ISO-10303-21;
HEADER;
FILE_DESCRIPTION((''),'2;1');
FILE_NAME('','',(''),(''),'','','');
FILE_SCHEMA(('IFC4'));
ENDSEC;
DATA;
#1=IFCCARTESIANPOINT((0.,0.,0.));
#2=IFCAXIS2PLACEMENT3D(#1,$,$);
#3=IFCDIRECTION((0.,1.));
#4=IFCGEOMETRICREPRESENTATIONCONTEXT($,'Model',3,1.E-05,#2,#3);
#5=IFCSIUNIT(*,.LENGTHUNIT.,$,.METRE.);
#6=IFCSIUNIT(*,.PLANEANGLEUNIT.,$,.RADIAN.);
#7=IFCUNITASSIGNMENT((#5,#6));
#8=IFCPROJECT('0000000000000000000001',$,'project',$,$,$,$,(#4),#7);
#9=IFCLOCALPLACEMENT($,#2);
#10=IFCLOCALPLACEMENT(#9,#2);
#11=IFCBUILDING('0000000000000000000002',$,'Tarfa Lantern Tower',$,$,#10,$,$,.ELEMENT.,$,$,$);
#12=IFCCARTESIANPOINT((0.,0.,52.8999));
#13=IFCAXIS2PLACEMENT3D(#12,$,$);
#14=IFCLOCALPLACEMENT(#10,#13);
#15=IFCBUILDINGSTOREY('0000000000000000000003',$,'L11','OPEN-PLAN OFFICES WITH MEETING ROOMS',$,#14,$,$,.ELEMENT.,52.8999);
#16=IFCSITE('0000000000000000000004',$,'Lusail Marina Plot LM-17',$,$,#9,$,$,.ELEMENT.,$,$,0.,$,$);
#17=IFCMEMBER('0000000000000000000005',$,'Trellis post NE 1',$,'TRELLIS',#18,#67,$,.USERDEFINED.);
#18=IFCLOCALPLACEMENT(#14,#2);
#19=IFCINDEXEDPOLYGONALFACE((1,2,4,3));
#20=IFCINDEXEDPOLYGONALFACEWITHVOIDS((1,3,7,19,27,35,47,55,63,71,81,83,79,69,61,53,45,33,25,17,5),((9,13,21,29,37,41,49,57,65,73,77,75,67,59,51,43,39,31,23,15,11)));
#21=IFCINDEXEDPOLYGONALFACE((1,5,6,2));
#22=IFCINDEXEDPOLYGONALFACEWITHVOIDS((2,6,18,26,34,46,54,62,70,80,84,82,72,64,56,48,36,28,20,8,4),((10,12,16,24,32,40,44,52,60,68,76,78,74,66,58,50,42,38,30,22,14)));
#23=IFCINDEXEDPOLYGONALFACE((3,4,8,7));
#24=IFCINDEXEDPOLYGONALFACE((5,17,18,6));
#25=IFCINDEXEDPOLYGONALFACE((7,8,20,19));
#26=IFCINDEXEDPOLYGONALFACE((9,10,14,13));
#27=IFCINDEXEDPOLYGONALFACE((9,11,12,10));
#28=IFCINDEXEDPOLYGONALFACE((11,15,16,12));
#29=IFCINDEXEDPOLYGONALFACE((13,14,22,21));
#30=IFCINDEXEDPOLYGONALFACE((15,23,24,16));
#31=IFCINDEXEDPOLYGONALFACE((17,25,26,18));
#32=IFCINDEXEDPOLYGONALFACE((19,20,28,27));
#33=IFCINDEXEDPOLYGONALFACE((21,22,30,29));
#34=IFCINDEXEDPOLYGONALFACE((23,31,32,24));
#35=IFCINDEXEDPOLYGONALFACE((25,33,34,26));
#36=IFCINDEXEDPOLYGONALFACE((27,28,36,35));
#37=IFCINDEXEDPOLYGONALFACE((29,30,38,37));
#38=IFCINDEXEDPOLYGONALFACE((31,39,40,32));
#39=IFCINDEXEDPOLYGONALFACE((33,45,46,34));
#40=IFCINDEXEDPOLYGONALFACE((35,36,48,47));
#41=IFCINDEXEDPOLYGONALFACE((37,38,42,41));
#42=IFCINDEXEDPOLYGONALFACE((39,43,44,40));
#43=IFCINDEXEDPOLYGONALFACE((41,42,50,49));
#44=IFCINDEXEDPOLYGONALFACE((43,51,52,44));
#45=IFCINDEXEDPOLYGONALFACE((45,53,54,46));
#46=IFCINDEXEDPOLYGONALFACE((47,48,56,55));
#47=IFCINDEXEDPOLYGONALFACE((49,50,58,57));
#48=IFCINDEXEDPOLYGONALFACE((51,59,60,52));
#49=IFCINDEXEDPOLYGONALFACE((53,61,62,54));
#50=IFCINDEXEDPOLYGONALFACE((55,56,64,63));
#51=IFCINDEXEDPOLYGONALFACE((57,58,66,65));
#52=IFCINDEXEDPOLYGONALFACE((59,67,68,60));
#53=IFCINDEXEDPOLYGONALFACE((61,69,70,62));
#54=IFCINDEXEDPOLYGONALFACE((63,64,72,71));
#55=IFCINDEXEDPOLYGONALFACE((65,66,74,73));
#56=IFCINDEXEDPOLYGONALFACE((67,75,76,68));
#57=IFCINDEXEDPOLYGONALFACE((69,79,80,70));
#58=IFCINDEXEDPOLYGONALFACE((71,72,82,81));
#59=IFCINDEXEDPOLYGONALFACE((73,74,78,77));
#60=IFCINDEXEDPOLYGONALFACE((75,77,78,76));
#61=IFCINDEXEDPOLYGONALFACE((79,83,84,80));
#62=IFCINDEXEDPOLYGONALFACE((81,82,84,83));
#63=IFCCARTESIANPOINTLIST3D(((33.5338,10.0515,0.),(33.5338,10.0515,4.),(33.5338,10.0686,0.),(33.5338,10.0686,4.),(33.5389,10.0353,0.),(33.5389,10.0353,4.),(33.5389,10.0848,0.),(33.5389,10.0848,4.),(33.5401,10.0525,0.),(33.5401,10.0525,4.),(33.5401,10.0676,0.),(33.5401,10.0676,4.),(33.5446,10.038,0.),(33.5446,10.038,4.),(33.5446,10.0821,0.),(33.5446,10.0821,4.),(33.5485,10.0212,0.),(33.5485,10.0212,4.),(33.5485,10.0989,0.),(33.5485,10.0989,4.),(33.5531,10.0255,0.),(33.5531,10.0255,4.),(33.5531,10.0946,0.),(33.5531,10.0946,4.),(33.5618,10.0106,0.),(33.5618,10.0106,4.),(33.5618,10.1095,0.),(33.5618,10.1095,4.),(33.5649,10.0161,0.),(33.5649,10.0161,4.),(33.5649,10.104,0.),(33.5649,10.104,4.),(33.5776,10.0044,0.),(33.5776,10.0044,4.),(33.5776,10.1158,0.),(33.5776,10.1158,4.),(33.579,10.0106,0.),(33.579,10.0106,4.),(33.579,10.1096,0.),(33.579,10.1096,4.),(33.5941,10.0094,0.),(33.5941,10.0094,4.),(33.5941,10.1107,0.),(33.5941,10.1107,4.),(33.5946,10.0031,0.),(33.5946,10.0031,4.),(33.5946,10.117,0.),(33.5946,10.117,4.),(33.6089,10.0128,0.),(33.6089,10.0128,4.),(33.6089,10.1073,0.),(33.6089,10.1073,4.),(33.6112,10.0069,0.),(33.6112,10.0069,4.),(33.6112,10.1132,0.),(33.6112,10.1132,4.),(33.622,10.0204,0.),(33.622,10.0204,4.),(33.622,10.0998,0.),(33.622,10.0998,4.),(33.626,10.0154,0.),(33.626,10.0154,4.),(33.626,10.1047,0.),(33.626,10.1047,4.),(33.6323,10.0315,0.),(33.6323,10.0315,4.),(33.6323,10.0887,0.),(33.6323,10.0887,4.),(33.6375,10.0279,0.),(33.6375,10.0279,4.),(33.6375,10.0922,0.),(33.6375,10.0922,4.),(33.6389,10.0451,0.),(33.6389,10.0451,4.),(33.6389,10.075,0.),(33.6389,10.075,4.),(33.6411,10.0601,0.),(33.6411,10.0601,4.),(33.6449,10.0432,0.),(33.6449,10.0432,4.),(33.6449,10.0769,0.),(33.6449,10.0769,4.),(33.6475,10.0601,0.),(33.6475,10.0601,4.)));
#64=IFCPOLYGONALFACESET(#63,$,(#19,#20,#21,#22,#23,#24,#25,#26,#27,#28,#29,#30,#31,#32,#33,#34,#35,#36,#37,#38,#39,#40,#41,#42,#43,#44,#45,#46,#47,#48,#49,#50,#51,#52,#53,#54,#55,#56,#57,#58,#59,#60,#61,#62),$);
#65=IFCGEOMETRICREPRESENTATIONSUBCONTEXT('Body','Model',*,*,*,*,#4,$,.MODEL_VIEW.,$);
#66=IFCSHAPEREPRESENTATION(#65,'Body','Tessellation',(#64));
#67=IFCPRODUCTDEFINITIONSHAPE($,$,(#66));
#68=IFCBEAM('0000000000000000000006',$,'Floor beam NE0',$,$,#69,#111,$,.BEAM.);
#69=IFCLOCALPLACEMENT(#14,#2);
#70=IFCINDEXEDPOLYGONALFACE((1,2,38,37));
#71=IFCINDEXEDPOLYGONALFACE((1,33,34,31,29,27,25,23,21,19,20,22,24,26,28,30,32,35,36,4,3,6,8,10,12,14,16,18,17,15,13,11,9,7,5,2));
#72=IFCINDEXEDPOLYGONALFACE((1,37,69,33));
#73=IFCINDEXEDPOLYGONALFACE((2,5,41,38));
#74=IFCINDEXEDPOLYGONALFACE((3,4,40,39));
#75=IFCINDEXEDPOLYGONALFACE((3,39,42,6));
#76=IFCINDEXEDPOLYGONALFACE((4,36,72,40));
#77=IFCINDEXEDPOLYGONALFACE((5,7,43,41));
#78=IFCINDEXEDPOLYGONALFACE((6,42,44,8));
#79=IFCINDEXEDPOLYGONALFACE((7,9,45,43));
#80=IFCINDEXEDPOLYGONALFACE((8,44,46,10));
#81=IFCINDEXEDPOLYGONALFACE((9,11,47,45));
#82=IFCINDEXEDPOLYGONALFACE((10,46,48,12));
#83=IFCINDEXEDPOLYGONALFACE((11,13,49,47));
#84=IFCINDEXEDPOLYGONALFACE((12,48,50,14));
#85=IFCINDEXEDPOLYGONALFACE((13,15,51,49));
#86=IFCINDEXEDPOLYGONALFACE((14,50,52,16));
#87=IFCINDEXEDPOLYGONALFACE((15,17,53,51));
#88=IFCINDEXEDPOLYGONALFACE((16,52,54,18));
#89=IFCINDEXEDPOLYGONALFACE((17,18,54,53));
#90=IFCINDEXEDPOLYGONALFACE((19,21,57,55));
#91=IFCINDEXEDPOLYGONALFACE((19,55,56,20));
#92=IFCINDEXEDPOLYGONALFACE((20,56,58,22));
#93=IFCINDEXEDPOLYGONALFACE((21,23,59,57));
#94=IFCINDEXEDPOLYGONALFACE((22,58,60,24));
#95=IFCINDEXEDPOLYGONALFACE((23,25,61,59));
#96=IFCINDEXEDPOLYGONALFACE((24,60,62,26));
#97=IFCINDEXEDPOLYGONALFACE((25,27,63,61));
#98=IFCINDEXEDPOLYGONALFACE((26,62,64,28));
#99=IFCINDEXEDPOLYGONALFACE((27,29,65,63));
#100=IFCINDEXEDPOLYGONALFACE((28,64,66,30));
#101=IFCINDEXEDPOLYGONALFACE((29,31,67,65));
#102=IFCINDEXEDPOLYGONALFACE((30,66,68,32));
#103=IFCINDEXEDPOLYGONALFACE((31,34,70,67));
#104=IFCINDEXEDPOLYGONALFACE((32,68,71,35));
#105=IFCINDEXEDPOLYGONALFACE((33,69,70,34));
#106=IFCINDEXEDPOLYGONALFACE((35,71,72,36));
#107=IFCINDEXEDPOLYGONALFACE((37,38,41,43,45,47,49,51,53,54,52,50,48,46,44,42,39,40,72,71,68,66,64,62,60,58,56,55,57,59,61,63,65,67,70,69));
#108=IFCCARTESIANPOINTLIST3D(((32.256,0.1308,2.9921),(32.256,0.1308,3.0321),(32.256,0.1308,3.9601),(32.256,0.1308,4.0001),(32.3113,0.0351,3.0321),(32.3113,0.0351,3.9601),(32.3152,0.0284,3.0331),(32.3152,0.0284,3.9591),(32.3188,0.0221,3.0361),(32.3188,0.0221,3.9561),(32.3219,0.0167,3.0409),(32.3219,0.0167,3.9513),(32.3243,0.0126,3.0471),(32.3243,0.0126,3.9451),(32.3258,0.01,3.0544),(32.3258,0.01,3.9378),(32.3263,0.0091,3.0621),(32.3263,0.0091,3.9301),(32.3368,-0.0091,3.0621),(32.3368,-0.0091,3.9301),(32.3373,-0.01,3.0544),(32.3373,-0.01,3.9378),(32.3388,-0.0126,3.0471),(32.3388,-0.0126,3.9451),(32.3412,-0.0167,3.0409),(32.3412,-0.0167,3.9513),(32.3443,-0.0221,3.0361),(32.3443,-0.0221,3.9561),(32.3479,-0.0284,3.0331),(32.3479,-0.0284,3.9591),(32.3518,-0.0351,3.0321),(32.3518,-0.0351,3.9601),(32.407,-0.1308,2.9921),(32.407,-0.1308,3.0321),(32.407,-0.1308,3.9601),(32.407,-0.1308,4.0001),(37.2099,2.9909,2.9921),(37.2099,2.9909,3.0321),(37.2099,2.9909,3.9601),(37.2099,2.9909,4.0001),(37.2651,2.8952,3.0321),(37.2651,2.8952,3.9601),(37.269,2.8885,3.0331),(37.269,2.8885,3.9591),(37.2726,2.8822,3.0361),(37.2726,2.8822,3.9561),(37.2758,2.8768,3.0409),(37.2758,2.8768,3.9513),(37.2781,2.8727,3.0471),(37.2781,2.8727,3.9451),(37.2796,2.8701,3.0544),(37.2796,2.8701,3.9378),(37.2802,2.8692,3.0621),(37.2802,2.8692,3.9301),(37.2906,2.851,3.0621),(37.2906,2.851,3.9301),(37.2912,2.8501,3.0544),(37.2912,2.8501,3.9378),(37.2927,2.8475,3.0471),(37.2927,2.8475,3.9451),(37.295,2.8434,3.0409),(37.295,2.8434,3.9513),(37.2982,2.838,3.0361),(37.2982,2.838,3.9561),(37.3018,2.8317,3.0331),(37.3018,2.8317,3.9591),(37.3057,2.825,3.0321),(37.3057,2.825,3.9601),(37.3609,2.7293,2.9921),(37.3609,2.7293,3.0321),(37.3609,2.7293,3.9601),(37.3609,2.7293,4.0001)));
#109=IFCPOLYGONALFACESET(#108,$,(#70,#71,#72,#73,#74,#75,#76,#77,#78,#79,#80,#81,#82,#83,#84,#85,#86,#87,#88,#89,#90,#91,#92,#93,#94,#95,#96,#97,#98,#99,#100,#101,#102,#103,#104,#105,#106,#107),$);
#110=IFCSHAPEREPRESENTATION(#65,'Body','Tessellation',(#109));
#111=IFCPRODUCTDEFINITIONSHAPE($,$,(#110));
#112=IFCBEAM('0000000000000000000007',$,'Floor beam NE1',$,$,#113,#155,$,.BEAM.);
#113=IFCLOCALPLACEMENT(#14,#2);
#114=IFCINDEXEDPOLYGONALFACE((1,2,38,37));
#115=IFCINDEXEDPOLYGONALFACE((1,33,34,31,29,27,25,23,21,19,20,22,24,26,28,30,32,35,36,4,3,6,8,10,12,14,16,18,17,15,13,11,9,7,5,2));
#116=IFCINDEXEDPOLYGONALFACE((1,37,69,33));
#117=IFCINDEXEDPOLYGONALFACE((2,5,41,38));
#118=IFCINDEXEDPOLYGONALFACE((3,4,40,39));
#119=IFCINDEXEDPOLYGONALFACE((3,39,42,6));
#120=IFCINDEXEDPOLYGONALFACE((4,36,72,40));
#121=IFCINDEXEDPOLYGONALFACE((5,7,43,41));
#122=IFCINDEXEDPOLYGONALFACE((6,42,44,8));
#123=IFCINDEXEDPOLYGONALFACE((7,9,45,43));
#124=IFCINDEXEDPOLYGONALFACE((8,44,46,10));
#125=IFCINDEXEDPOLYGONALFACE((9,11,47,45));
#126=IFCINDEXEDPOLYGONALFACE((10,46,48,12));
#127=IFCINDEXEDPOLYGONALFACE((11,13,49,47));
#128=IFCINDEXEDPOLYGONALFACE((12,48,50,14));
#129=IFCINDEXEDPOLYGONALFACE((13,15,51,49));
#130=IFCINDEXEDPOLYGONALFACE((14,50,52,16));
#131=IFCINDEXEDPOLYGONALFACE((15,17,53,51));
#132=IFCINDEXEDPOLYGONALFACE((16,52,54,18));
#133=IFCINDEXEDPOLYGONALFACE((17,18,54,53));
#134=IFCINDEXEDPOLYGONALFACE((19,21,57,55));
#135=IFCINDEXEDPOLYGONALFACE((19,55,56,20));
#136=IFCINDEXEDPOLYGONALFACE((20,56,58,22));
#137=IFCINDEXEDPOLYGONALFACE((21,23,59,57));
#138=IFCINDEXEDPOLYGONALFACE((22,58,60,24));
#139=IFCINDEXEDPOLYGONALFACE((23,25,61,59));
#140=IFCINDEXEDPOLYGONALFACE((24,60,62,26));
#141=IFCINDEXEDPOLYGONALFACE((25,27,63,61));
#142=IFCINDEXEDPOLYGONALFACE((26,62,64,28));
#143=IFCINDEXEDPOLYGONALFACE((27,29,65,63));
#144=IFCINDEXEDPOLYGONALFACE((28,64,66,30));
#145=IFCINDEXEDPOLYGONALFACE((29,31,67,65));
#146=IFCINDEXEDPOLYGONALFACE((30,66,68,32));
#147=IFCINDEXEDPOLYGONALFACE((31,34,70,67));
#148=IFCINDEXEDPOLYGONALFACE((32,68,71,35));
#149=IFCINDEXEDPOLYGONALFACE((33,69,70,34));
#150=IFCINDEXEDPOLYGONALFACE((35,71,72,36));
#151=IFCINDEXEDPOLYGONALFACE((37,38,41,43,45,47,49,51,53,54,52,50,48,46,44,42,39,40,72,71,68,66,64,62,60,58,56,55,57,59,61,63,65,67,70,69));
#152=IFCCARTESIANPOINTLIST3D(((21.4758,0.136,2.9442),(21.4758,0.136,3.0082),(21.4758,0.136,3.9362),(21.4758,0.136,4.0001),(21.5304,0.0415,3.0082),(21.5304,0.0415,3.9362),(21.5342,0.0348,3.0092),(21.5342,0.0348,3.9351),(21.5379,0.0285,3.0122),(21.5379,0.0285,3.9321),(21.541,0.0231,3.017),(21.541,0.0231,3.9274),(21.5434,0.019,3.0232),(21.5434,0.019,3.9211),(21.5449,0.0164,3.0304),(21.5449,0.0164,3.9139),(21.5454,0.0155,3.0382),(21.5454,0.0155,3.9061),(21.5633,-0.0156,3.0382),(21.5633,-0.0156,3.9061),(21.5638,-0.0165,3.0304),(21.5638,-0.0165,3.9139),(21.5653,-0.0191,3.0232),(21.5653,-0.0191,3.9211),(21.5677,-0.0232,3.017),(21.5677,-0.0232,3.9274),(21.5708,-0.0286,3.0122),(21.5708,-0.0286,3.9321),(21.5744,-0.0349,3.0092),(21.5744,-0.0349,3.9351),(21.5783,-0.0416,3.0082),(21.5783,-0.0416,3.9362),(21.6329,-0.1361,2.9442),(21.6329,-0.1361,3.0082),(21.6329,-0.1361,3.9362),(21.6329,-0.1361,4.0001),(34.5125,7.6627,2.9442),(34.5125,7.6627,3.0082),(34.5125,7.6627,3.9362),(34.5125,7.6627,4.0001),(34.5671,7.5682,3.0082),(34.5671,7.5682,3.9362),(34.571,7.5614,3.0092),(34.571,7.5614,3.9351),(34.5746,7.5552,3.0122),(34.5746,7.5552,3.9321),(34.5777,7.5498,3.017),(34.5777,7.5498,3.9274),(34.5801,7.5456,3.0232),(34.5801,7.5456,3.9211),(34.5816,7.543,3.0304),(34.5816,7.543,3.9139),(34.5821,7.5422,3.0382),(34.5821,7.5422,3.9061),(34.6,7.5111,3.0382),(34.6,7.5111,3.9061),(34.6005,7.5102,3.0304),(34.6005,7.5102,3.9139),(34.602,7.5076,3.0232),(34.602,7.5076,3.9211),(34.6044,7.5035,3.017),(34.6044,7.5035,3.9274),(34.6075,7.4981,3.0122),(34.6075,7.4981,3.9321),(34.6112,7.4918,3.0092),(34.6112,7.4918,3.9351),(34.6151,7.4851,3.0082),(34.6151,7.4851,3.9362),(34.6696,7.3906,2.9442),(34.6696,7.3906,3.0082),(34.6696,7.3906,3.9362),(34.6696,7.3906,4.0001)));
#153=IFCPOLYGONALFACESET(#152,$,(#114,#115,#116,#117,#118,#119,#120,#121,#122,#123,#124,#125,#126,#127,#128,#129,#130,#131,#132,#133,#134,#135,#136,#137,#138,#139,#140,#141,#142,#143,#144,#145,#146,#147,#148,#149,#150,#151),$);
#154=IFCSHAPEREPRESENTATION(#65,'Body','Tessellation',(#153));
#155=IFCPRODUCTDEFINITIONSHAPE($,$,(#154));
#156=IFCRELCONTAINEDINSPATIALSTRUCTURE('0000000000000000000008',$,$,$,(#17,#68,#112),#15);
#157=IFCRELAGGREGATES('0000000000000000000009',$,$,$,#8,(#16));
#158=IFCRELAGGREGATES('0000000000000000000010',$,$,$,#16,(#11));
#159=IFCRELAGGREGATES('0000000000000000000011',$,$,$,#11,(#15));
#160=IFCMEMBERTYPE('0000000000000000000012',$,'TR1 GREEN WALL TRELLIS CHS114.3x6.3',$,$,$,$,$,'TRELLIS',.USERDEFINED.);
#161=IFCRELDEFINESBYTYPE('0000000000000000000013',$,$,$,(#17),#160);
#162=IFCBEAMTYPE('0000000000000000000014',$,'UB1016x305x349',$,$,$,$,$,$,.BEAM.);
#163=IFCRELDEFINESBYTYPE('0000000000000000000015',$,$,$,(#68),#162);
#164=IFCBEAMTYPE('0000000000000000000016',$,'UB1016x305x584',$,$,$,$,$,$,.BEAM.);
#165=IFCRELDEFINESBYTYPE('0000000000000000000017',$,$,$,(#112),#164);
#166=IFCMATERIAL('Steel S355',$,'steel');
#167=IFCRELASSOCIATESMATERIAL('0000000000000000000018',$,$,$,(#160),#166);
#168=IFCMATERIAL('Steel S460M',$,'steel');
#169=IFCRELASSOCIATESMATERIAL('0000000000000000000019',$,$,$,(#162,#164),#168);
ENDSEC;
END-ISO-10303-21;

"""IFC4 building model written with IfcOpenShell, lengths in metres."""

from ifc_helpers import new_model, si_unit, direction, frame, origin, origin_2d, place, context, subcontext, project, spatial, hollow_circle, i_section, extrude, material, material_profile, profile_set, type_object, element, save


model = new_model("IFC4")

# Units and contexts
model_context = context("Model", 3, precision=1e-05, world=origin(), true_north=direction((0.0, 1.0)))
body_context = subcontext(model_context, "Body", "Model", "MODEL_VIEW")
ifc_project = project(units=[si_unit("LENGTHUNIT", "METRE"), si_unit("PLANEANGLEUNIT", "RADIAN")], contexts=[model_context])

# Site, building, storey
site_placement = place(None, origin())
site = spatial("IfcSite", under=ifc_project, at=site_placement, Name="Lusail Marina Plot LM-17", CompositionType="ELEMENT", RefElevation=0.0)
building_placement = place(site_placement, origin())
building = spatial("IfcBuilding", under=site, at=building_placement, Name="Tarfa Lantern Tower", CompositionType="ELEMENT")
storey_placement = place(building_placement, frame((0.0, 0.0, 52.8999)))
storey = spatial("IfcBuildingStorey", under=building, at=storey_placement, Name="L11", Description="OPEN-PLAN OFFICES WITH MEETING ROOMS", CompositionType="ELEMENT", Elevation=52.8999)

# Member
ifc_material_1 = material(Name="Steel S355", Category="steel")
ifc_material_profile_1 = material_profile(ifc_material_1, hollow_circle(Radius=0.0571, WallThickness=0.0063, at=origin_2d()), Name="CHS114.3x6.3")
ifc_profile_set_1 = profile_set([ifc_material_profile_1], Name="Steel S355")
member_type_1 = type_object("IfcMemberType", Name="TR1 GREEN WALL TRELLIS CHS114.3x6.3", ElementType="TRELLIS", PredefinedType="USERDEFINED", material=ifc_profile_set_1)
member_1_placement = place(storey_placement, frame((33.5903, 10.0601, 0.0), z_axis=(0.0, 0.0, 1.0), x_axis=(1.0, 0.0, 0.0)))
element("IfcMember", 1, at=member_1_placement, inside=storey, type_object=member_type_1, Name="Trellis post NE 1", ObjectType="TRELLIS", PredefinedType="USERDEFINED", context=body_context, shape_type="SweptSolid", body=[
    extrude(hollow_circle(Radius=0.0571, WallThickness=0.0063, at=origin_2d()), origin(), (0.0, 0.0, 1.0), 4.0),
])

# Beams
ifc_material_2 = material(Name="Steel S460M", Category="steel")
ifc_material_profile_2 = material_profile(ifc_material_2, i_section(OverallWidth=0.302, OverallDepth=1.0081, WebThickness=0.021, FlangeThickness=0.04, FilletRadius=0.03, at=origin_2d()), Name="UB1016x305x349")
ifc_profile_set_2 = profile_set([ifc_material_profile_2], Name="Steel S460M")
beam_type_1 = type_object("IfcBeamType", Name="UB1016x305x349", PredefinedType="BEAM", material=ifc_profile_set_2)
beam_1_placement = place(storey_placement, frame((37.2854, 2.8601, 3.4961), z_axis=(-0.866026, -0.5, 0.0), x_axis=(0.5, -0.866026, 0.0)))
element("IfcBeam", 2, at=beam_1_placement, inside=storey, type_object=beam_type_1, Name="Floor beam NE0", PredefinedType="BEAM", context=body_context, shape_type="SweptSolid", body=[
    extrude(i_section(OverallWidth=0.302, OverallDepth=1.0081, WebThickness=0.021, FlangeThickness=0.04, FilletRadius=0.03, at=origin_2d()), origin(), (0.0, 0.0, 1.0), 5.7202),
])
ifc_material_profile_3 = material_profile(ifc_material_2, i_section(OverallWidth=0.3142, OverallDepth=1.0559, WebThickness=0.0359, FlangeThickness=0.064, FilletRadius=0.03, at=origin_2d()), Name="UB1016x305x584")
ifc_profile_set_3 = profile_set([ifc_material_profile_3], Name="Steel S460M")
beam_type_2 = type_object("IfcBeamType", Name="UB1016x305x584", PredefinedType="BEAM", material=ifc_profile_set_3)
beam_2_placement = place(storey_placement, frame((34.5911, 7.5266, 3.4722), z_axis=(-0.866028, -0.499996, 0.0), x_axis=(0.499996, -0.866028, 0.0)))
element("IfcBeam", 3, at=beam_2_placement, inside=storey, type_object=beam_type_2, Name="Floor beam NE1", PredefinedType="BEAM", context=body_context, shape_type="SweptSolid", body=[
    extrude(i_section(OverallWidth=0.3142, OverallDepth=1.0559, WebThickness=0.0359, FlangeThickness=0.064, FilletRadius=0.03, at=origin_2d()), origin(), (0.0, 0.0, 1.0), 15.0535),
])

save(model, "model.ifc")
